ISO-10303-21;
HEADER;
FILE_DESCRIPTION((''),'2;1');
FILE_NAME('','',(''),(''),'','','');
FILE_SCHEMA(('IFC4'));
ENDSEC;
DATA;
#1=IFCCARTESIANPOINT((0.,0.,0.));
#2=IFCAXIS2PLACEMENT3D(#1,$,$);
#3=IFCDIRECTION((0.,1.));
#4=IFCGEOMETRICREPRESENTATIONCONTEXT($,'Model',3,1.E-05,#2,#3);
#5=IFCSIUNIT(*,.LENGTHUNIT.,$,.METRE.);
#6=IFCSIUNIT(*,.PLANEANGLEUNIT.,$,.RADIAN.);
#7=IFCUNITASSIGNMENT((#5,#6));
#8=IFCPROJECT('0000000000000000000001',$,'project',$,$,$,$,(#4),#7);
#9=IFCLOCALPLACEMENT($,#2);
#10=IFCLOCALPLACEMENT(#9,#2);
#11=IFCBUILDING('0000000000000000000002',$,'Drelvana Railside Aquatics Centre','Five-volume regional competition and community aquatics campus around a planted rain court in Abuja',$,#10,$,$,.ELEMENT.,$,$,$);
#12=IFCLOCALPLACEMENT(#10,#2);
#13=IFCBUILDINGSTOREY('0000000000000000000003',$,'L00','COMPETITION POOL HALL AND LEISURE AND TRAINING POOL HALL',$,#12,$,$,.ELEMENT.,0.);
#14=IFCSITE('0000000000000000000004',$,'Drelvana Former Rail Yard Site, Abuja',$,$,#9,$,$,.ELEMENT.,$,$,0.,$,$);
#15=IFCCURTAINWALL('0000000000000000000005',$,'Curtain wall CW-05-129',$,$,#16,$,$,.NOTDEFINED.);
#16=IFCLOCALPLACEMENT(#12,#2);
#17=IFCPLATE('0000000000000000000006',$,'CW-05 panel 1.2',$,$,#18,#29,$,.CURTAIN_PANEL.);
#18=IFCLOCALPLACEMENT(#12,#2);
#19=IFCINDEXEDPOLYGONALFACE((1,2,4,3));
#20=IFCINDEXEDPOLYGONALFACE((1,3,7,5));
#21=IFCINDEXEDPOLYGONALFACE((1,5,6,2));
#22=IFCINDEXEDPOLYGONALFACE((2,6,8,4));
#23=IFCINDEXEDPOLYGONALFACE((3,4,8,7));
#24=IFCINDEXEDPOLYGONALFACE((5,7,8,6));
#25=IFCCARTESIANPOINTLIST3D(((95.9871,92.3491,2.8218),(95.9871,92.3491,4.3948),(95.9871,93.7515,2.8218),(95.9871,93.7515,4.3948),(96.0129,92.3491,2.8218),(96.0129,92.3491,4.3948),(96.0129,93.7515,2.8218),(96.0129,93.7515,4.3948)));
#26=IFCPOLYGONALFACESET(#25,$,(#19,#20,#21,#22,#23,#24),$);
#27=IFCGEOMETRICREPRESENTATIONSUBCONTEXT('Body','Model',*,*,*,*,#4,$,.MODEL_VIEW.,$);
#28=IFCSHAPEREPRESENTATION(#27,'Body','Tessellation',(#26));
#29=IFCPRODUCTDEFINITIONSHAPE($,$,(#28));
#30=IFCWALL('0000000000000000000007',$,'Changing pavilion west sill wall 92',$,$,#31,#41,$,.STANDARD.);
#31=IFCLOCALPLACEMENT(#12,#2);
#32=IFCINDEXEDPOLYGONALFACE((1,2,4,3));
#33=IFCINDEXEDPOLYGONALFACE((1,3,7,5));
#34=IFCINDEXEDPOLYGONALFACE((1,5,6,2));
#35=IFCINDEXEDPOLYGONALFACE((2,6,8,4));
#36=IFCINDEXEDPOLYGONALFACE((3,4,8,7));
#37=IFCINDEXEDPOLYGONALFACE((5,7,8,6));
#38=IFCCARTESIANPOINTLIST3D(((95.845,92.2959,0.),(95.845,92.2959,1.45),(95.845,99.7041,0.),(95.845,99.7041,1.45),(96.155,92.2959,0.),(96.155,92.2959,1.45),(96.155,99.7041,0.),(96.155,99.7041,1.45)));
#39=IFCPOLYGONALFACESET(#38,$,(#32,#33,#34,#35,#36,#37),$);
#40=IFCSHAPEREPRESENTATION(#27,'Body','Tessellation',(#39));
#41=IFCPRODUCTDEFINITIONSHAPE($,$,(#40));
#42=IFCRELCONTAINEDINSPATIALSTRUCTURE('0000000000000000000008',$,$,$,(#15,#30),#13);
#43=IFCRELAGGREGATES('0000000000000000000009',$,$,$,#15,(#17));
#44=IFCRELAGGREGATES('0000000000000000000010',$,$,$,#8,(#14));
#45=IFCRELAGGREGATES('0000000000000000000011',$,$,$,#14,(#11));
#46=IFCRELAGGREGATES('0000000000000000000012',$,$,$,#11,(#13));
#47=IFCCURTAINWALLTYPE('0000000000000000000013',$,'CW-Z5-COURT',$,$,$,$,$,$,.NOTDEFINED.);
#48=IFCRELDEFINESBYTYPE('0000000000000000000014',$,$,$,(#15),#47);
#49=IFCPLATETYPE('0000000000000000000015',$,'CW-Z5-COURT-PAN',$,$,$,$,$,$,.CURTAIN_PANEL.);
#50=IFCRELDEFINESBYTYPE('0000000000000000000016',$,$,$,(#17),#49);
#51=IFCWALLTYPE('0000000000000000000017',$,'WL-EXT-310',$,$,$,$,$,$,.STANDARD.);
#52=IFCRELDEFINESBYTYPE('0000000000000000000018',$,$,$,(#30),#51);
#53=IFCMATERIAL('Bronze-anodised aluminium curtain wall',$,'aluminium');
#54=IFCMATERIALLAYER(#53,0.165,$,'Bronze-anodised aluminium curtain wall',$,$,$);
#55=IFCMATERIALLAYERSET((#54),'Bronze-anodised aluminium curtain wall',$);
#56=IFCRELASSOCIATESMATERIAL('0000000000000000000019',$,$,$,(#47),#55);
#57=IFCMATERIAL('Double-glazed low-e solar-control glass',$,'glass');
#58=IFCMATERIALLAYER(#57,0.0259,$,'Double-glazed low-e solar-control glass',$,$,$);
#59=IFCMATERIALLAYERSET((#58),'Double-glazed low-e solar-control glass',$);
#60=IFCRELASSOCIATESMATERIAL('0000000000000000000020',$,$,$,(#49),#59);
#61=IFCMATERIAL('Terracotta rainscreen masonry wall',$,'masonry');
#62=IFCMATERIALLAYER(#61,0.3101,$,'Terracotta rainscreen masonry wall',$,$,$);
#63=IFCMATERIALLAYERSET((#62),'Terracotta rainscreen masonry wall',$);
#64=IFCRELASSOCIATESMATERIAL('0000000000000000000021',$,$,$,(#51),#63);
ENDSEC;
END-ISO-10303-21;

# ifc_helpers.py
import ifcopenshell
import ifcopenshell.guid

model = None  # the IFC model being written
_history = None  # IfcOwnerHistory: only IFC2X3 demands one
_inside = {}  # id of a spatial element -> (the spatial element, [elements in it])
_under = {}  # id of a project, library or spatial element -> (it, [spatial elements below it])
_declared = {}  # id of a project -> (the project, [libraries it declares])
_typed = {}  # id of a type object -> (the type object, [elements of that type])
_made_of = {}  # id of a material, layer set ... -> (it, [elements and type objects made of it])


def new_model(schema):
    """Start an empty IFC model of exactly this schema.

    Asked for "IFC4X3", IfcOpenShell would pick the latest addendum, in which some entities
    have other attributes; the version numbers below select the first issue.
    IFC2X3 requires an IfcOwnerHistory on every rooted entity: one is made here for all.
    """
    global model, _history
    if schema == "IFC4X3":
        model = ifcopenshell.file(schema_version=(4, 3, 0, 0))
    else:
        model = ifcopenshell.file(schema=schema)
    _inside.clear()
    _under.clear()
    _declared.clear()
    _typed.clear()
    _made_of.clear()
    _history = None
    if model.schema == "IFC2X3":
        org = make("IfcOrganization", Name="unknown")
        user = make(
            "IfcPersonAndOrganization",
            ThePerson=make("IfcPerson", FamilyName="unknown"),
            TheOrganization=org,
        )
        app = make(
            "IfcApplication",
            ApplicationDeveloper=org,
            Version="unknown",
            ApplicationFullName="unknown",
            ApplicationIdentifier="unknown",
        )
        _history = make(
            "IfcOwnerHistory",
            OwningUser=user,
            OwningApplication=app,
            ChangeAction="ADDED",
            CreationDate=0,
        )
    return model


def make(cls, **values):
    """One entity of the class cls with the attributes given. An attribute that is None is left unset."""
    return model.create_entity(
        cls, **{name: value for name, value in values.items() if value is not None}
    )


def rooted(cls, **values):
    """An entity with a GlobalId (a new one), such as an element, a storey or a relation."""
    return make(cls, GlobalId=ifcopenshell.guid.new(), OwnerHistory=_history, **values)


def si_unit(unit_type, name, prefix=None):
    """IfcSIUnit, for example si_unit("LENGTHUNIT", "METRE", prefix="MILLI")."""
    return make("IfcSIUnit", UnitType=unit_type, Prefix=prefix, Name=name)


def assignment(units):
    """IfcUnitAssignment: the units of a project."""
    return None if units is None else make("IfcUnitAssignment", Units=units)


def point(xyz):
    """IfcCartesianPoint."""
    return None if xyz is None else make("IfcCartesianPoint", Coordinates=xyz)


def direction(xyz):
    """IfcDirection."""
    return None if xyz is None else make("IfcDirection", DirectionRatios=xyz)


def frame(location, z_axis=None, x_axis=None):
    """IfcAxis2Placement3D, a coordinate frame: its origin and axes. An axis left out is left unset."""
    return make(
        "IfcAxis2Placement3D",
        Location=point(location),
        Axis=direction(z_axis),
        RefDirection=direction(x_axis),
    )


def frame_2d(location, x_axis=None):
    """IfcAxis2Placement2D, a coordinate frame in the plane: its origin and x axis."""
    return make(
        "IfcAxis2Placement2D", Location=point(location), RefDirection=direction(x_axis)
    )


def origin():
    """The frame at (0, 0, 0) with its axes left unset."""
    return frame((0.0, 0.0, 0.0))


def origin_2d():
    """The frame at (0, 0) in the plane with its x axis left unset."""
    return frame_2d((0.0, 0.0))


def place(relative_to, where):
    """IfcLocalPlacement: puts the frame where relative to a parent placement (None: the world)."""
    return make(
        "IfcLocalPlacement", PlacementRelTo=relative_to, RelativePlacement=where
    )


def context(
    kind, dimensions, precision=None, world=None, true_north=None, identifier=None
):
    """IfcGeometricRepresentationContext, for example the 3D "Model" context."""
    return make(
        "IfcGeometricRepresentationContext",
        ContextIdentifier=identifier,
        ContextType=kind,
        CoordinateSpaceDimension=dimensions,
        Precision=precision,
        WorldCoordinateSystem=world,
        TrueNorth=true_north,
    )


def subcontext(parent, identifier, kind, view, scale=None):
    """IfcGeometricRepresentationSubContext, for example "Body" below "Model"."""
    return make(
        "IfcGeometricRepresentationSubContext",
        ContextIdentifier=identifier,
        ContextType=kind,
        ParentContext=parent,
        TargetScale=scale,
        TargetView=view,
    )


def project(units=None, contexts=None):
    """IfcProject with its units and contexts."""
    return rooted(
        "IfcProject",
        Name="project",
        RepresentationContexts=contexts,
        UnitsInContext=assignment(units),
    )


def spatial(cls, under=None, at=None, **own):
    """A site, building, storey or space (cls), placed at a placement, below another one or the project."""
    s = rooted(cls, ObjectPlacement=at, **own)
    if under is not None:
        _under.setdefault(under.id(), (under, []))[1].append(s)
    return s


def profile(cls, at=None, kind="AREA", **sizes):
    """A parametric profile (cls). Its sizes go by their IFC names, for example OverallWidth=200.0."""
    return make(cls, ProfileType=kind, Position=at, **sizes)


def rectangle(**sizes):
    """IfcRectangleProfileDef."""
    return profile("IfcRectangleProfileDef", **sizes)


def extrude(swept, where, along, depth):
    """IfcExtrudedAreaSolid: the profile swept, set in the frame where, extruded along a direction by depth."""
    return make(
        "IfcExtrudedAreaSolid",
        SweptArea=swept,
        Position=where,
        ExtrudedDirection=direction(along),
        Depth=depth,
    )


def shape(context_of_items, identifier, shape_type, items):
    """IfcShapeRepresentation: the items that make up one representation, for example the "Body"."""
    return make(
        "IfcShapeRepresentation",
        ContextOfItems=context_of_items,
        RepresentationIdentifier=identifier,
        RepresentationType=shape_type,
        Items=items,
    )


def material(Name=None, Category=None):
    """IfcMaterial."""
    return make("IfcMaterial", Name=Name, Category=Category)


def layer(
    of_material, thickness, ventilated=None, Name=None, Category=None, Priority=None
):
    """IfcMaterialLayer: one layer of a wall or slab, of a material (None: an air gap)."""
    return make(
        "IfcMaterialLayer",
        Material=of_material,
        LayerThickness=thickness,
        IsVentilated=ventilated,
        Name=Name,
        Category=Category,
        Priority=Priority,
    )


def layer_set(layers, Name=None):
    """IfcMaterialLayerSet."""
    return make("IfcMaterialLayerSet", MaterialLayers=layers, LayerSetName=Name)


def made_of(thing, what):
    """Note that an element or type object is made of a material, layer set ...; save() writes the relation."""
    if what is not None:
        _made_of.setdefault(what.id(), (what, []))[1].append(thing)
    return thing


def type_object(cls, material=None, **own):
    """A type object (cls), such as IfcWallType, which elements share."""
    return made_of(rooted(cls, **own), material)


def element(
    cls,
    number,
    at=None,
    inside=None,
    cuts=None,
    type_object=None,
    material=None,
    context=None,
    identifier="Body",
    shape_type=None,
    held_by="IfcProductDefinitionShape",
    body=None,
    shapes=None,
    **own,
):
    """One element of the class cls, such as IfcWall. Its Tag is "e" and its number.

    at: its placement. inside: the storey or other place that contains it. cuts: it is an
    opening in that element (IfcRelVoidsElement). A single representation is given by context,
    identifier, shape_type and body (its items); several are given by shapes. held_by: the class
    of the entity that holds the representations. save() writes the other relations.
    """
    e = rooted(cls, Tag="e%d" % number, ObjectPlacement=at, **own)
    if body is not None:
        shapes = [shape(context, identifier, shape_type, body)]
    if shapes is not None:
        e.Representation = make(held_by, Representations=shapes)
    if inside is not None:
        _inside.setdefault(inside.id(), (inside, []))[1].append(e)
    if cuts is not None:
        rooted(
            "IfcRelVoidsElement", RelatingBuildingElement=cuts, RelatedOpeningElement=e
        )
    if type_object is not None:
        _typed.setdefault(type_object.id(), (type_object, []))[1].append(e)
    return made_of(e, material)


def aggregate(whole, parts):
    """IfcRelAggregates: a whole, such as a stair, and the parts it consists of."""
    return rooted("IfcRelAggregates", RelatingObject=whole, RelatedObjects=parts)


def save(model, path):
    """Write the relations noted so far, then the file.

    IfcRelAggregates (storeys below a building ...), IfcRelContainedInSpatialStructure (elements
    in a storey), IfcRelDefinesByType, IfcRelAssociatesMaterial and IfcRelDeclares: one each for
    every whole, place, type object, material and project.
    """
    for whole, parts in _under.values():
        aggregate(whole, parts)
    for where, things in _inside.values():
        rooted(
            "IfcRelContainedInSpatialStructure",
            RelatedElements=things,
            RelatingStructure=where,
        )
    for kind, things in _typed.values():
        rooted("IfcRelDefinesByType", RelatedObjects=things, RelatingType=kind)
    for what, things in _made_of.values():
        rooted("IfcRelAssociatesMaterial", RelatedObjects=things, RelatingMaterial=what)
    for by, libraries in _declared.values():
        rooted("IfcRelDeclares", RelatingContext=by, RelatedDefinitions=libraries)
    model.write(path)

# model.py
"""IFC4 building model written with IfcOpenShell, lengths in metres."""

from ifc_helpers import new_model, si_unit, direction, frame, frame_2d, origin, origin_2d, place, context, subcontext, project, spatial, rectangle, extrude, material, layer, layer_set, type_object, element, aggregate, save


model = new_model("IFC4")

# Units and contexts
model_context = context("Model", 3, precision=1e-05, world=origin(), true_north=direction((0.0, 1.0)))
body_context = subcontext(model_context, "Body", "Model", "MODEL_VIEW")
ifc_project = project(units=[si_unit("LENGTHUNIT", "METRE"), si_unit("PLANEANGLEUNIT", "RADIAN")], contexts=[model_context])

# Site, building, storey
site_placement = place(None, origin())
site = spatial("IfcSite", under=ifc_project, at=site_placement, Name="Drelvana Former Rail Yard Site, Abuja", CompositionType="ELEMENT", RefElevation=0.0)
building_placement = place(site_placement, origin())
building = spatial("IfcBuilding", under=site, at=building_placement, Name="Drelvana Railside Aquatics Centre", Description="Five-volume regional competition and community aquatics campus around a planted rain court in Abuja", CompositionType="ELEMENT")
storey_placement = place(building_placement, origin())
storey = spatial("IfcBuildingStorey", under=building, at=storey_placement, Name="L00", Description="COMPETITION POOL HALL AND LEISURE AND TRAINING POOL HALL", CompositionType="ELEMENT", Elevation=0.0)

# Curtain wall
ifc_material_1 = material(Name="Bronze-anodised aluminium curtain wall", Category="aluminium")
ifc_layer_1 = layer(ifc_material_1, 0.165, Name="Bronze-anodised aluminium curtain wall")
ifc_layer_set_1 = layer_set([ifc_layer_1], Name="Bronze-anodised aluminium curtain wall")
curtain_wall_type = type_object("IfcCurtainWallType", Name="CW-Z5-COURT", PredefinedType="NOTDEFINED", material=ifc_layer_set_1)
curtain_wall_1_placement = place(storey_placement, origin())
curtain_wall_1 = element("IfcCurtainWall", 1, at=curtain_wall_1_placement, inside=storey, type_object=curtain_wall_type, Name="Curtain wall CW-05-129", PredefinedType="NOTDEFINED")

# Plate
ifc_material_2 = material(Name="Double-glazed low-e solar-control glass", Category="glass")
ifc_layer_2 = layer(ifc_material_2, 0.0259, Name="Double-glazed low-e solar-control glass")
ifc_layer_set_2 = layer_set([ifc_layer_2], Name="Double-glazed low-e solar-control glass")
plate_type = type_object("IfcPlateType", Name="CW-Z5-COURT-PAN", PredefinedType="CURTAIN_PANEL", material=ifc_layer_set_2)
plate_1_placement = place(storey_placement, frame((96.0, 93.0503, 2.8218), z_axis=(0.0, 0.0, 1.0), x_axis=(0.0, 1.0, 0.0)))
plate_1 = element("IfcPlate", 2, at=plate_1_placement, type_object=plate_type, Name="CW-05 panel 1.2", PredefinedType="CURTAIN_PANEL", context=body_context, shape_type="SweptSolid", body=[
    extrude(rectangle(XDim=1.4023, YDim=0.0259, at=origin_2d()), origin(), (0.0, 0.0, 1.0), 1.573),
])
aggregate(curtain_wall_1, [plate_1])

# Wall
ifc_material_3 = material(Name="Terracotta rainscreen masonry wall", Category="masonry")
ifc_layer_3 = layer(ifc_material_3, 0.3101, Name="Terracotta rainscreen masonry wall")
ifc_layer_set_3 = layer_set([ifc_layer_3], Name="Terracotta rainscreen masonry wall")
wall_type = type_object("IfcWallType", Name="WL-EXT-310", PredefinedType="STANDARD", material=ifc_layer_set_3)
wall_placement = place(storey_placement, frame((96.0, 92.2959, 0.0), z_axis=(0.0, 0.0, 1.0), x_axis=(0.0, 1.0, 0.0)))
element("IfcWall", 3, at=wall_placement, inside=storey, type_object=wall_type, Name="Changing pavilion west sill wall 92", PredefinedType="STANDARD", context=body_context, shape_type="SweptSolid", body=[
    extrude(rectangle(XDim=7.4082, YDim=0.3101, at=frame_2d((3.7041, 0.0))), origin(), (0.0, 0.0, 1.0), 1.45),
])

save(model, "model.ifc")
